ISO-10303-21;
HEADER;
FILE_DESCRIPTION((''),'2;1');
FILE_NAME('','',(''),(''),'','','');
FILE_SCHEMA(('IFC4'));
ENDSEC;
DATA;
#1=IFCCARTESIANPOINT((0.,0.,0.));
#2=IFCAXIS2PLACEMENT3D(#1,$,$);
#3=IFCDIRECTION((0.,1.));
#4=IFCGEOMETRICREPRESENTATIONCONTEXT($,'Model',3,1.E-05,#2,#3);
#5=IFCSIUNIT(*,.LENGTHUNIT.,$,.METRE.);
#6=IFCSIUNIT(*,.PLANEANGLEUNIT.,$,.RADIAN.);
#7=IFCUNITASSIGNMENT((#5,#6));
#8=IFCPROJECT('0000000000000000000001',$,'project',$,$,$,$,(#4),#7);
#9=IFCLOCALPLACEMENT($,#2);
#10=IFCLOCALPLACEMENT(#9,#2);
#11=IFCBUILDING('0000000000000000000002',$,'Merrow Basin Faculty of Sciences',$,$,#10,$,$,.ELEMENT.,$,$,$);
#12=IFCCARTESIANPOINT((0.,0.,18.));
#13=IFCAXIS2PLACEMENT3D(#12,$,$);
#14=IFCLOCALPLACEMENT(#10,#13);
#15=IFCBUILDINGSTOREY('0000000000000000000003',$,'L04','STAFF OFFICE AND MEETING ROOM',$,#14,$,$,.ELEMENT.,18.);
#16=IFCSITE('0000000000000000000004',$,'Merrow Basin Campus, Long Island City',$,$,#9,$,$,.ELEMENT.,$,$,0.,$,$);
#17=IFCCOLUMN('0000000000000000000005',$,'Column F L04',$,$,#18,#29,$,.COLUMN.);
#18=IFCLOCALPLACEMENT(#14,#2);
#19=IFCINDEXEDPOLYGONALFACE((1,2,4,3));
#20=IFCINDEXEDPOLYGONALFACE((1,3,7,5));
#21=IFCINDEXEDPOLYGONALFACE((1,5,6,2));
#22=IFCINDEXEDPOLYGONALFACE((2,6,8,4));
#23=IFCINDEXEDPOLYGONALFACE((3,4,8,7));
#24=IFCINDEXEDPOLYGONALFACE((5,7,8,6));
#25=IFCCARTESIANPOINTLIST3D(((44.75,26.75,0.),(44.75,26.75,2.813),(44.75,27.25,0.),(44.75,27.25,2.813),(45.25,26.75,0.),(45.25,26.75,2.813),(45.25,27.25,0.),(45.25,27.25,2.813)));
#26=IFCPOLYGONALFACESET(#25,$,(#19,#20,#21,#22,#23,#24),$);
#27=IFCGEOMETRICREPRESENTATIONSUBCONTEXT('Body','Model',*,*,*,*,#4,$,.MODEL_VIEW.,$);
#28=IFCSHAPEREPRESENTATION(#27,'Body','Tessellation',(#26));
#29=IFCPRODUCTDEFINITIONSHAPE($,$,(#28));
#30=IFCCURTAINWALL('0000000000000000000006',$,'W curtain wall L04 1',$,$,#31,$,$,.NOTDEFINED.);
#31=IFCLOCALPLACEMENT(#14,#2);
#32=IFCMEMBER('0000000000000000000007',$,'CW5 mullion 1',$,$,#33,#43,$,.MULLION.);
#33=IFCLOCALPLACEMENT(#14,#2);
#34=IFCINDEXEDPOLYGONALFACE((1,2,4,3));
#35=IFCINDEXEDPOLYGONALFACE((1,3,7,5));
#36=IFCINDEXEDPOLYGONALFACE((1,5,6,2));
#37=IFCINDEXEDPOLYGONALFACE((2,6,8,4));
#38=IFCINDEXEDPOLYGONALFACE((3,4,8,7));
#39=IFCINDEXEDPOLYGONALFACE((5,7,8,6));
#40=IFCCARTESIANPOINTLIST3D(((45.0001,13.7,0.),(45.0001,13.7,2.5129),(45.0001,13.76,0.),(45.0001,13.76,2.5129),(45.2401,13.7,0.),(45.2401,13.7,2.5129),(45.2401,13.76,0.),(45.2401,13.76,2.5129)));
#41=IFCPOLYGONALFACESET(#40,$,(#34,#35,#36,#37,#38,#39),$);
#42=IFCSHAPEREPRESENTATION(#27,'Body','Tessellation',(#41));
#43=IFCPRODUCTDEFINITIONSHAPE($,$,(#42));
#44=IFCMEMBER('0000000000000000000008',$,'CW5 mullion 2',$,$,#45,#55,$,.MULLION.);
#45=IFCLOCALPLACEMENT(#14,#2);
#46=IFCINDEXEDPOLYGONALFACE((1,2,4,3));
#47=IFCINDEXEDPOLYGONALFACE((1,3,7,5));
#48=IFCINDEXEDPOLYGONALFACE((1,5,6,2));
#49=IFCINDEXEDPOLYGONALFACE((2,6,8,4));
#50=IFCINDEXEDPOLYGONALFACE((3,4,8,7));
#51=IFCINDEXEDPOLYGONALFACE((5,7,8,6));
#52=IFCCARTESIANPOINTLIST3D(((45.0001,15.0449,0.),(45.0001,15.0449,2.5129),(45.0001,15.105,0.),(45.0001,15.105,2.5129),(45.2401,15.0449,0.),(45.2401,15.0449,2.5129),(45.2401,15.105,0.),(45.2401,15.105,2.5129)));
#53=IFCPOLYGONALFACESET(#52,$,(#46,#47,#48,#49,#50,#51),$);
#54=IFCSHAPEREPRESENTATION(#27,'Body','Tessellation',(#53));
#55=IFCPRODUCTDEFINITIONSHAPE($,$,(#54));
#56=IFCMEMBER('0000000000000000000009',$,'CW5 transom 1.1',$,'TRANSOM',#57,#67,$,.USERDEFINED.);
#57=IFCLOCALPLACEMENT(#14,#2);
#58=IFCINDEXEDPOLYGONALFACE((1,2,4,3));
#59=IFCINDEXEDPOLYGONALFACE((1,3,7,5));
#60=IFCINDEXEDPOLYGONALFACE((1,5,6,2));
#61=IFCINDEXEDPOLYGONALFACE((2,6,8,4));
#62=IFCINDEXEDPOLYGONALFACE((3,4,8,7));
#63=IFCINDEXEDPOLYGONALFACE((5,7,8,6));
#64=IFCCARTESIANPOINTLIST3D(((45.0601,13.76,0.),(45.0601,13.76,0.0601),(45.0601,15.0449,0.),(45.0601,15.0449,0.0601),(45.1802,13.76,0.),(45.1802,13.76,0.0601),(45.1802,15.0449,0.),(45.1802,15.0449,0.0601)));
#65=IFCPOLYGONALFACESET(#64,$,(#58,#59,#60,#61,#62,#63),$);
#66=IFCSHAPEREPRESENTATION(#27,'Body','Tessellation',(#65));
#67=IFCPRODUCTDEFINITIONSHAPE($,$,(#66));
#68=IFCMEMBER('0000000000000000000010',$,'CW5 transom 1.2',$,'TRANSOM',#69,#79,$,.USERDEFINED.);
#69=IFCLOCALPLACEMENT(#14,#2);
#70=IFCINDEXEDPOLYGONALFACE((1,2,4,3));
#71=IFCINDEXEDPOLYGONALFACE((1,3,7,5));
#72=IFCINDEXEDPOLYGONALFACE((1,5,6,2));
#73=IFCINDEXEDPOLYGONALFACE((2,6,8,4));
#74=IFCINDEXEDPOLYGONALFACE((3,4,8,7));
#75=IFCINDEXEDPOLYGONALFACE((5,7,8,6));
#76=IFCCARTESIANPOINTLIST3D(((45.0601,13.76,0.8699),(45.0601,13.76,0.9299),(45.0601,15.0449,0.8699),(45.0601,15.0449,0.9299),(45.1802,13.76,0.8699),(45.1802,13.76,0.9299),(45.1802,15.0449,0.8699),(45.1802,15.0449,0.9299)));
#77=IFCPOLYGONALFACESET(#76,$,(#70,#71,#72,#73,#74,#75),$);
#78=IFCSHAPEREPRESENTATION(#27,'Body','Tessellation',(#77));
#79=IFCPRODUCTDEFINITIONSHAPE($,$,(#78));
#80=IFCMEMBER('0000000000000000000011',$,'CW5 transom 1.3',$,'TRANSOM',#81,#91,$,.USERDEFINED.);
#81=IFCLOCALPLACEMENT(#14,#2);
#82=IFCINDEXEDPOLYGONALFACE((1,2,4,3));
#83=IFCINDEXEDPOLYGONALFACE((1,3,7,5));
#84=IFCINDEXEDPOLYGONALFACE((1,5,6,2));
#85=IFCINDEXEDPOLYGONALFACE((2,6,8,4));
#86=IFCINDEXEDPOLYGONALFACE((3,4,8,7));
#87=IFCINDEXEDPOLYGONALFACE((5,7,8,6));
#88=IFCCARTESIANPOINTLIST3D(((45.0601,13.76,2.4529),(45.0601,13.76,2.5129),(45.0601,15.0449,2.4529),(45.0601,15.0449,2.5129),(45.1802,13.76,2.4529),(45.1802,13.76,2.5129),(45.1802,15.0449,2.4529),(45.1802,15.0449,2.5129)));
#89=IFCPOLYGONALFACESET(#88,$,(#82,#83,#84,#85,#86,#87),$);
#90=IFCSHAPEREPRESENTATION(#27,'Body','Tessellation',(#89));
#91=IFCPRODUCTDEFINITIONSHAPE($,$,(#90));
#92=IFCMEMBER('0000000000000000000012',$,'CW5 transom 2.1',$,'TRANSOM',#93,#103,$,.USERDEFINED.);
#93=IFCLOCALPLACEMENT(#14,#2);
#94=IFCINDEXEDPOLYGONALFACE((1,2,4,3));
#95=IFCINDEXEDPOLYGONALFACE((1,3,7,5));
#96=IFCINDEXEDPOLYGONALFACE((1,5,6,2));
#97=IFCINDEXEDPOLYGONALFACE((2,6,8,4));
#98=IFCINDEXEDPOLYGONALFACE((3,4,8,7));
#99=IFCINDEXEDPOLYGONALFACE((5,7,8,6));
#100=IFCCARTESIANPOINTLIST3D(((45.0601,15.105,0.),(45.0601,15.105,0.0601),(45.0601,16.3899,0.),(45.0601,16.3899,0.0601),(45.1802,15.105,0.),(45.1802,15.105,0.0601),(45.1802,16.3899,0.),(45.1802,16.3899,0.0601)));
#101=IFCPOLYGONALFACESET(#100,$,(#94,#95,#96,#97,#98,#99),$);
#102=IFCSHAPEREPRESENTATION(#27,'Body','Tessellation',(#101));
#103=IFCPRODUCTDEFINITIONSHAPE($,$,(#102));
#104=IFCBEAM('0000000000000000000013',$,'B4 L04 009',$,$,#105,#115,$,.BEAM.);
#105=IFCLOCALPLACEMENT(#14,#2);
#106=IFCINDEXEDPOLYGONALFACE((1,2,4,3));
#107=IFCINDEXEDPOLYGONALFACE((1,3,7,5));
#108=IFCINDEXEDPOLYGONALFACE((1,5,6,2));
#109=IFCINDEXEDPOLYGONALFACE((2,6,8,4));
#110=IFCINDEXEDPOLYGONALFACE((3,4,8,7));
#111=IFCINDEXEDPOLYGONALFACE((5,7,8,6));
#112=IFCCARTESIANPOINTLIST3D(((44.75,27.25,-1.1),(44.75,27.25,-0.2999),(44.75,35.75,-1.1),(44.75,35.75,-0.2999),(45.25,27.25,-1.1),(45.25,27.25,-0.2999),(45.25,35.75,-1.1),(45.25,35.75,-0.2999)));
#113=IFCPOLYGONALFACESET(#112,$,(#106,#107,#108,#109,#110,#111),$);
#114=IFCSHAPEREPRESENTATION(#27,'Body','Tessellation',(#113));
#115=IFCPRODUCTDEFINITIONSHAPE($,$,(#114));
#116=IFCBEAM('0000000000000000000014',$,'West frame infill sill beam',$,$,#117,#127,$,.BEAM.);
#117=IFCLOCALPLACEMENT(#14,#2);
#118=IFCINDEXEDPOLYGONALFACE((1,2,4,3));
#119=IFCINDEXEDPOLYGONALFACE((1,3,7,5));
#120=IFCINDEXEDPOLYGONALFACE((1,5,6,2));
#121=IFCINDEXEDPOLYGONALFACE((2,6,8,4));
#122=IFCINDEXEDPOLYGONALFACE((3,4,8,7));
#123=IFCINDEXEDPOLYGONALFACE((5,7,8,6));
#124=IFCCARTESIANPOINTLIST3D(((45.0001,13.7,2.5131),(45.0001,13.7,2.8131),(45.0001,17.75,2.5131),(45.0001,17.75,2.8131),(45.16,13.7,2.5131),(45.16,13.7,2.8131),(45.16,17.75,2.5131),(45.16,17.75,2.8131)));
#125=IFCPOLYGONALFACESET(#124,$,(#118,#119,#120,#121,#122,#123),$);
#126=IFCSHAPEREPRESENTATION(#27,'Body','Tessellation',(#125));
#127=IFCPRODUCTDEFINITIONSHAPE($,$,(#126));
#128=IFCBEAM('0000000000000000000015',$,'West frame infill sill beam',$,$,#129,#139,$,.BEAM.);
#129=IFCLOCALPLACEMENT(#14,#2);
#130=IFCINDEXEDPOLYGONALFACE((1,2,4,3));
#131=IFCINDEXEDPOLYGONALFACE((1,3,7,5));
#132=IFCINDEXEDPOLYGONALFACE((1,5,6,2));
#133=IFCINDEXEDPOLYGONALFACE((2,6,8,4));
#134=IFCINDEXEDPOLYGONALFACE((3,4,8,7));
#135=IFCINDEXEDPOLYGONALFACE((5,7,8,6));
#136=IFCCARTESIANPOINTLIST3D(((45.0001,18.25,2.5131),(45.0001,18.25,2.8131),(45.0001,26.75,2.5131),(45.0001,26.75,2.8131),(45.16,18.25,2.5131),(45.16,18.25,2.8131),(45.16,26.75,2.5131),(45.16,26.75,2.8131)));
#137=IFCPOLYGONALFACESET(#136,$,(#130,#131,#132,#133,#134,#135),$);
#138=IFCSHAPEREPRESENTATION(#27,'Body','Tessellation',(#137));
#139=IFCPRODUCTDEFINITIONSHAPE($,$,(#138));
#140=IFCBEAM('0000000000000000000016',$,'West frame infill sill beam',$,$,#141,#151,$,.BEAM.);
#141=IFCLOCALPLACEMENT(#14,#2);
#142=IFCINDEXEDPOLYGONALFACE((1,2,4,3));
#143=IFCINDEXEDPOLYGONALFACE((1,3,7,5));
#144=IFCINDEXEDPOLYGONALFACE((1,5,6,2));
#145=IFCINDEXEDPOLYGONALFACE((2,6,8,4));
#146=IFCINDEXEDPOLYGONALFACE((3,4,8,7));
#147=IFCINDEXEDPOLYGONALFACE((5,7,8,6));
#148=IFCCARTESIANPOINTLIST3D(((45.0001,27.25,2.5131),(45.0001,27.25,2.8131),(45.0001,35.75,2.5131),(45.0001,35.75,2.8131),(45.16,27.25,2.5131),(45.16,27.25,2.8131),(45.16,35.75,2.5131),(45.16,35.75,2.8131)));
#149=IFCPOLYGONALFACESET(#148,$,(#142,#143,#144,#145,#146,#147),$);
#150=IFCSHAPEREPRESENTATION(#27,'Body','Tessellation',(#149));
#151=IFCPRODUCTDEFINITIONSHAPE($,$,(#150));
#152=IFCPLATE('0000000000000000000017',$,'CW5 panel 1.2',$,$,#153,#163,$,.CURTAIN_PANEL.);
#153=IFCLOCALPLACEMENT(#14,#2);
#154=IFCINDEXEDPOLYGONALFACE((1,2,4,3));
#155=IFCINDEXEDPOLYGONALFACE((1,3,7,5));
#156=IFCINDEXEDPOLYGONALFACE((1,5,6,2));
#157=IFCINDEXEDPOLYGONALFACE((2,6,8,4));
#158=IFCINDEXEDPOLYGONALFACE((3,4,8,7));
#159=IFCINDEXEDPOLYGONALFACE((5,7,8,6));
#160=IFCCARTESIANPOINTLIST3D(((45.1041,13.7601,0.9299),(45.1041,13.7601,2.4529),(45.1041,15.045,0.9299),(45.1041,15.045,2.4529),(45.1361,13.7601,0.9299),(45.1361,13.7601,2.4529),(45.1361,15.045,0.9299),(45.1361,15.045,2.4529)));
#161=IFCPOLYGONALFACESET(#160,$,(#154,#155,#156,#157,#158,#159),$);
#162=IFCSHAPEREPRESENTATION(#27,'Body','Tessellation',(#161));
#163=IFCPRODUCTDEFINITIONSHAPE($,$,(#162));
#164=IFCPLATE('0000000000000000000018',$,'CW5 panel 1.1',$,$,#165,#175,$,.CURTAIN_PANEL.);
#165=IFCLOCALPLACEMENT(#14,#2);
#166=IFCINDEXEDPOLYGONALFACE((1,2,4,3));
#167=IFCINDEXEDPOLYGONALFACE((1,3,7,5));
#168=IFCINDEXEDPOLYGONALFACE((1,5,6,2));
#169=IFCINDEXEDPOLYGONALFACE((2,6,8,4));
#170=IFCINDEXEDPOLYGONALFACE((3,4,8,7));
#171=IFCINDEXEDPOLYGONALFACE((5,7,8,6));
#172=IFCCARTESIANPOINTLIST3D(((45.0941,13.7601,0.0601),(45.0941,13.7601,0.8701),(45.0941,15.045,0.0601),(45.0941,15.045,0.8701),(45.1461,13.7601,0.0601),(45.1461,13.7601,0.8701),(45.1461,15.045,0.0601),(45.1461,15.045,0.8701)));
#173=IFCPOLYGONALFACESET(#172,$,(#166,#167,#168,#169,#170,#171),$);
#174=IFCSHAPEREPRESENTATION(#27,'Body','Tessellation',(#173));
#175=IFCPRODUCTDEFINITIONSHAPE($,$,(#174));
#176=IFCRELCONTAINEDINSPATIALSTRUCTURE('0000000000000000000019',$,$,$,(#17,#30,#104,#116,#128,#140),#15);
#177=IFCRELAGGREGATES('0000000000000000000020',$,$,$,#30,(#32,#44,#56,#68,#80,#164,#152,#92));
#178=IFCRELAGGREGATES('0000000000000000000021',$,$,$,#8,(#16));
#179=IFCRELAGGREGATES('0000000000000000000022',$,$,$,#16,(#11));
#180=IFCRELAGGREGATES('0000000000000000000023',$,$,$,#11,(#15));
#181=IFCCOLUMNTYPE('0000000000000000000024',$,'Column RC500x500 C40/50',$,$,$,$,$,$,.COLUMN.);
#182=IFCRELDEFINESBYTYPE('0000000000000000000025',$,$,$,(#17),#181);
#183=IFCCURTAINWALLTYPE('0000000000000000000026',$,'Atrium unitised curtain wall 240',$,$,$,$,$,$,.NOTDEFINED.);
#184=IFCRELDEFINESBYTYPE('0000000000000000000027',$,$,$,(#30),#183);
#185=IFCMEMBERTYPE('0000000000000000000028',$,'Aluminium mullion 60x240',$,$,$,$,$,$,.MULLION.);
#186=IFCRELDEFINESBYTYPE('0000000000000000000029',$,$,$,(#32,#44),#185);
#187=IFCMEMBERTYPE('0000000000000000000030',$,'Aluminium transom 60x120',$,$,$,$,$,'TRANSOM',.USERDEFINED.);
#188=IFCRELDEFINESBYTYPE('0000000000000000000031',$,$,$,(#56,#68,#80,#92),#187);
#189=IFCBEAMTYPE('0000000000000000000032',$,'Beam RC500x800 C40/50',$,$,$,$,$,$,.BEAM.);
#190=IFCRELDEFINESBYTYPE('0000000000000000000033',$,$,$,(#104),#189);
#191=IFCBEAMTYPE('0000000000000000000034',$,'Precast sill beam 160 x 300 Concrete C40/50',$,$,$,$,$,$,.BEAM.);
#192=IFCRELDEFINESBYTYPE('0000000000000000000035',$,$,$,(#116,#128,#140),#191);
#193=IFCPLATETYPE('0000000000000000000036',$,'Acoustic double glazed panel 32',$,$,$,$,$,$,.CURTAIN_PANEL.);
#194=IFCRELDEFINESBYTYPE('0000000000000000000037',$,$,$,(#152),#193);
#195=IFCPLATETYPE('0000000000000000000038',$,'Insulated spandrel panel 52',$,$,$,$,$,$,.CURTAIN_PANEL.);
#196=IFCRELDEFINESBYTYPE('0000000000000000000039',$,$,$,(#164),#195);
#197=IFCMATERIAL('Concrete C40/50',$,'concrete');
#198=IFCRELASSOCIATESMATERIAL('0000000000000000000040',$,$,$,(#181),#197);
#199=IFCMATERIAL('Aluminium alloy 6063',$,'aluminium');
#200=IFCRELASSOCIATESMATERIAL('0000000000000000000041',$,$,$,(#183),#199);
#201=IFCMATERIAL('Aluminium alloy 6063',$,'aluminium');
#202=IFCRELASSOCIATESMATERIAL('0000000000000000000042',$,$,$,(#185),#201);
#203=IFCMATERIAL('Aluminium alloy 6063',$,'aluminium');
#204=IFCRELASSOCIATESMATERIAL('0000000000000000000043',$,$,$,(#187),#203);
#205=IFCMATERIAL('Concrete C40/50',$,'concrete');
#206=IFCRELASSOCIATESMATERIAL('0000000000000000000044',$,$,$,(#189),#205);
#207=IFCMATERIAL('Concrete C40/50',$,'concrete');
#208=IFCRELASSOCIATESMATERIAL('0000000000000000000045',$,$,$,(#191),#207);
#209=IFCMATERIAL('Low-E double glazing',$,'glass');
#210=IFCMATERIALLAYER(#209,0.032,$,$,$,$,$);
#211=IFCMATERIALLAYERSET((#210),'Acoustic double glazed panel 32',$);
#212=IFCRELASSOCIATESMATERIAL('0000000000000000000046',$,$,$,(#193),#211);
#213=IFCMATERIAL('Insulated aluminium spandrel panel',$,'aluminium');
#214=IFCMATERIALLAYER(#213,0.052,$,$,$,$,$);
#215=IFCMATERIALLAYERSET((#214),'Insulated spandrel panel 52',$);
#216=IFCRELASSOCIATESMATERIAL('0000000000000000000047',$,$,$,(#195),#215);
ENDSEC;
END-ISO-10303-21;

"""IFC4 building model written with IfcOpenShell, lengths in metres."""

from ifc_helpers import new_model, si_unit, direction, frame, origin, origin_2d, place, context, subcontext, project, spatial, rectangle, extrude, material, layer, layer_set, material_profile, profile_set, type_object, element, aggregate, save


model = new_model("IFC4")

# Units and contexts
model_context = context("Model", 3, precision=1e-05, world=origin(), true_north=direction((0.0, 1.0)))
body_context = subcontext(model_context, "Body", "Model", "MODEL_VIEW")
ifc_project = project(units=[si_unit("LENGTHUNIT", "METRE"), si_unit("PLANEANGLEUNIT", "RADIAN")], contexts=[model_context])

# Site, building, storey
site_placement = place(None, origin())
site = spatial("IfcSite", under=ifc_project, at=site_placement, Name="Merrow Basin Campus, Long Island City", CompositionType="ELEMENT", RefElevation=0.0)
building_placement = place(site_placement, origin())
building = spatial("IfcBuilding", under=site, at=building_placement, Name="Merrow Basin Faculty of Sciences", CompositionType="ELEMENT")
storey_placement = place(building_placement, frame((0.0, 0.0, 18.0)))
storey = spatial("IfcBuildingStorey", under=building, at=storey_placement, Name="L04", Description="STAFF OFFICE AND MEETING ROOM", CompositionType="ELEMENT", Elevation=18.0)

# Column
ifc_material_1 = material(Name="Concrete C40/50", Category="concrete")
ifc_material_profile_1 = material_profile(ifc_material_1, rectangle(XDim=0.5, YDim=0.5, at=origin_2d()))
ifc_profile_set_1 = profile_set([ifc_material_profile_1], Name="Concrete C40/50")
column_type = type_object("IfcColumnType", Name="Column RC500x500 C40/50", PredefinedType="COLUMN", material=ifc_profile_set_1)
column_placement = place(storey_placement, frame((45.0, 27.0, 0.0), z_axis=(0.0, 0.0, 1.0), x_axis=(1.0, 0.0, 0.0)))
element("IfcColumn", 1, at=column_placement, inside=storey, type_object=column_type, Name="Column F L04", PredefinedType="COLUMN", context=body_context, shape_type="SweptSolid", body=[
    extrude(rectangle(XDim=0.5, YDim=0.5, at=origin_2d()), origin(), (0.0, 0.0, 1.0), 2.813),
])

# Curtain wall, members
ifc_material_2 = material(Name="Aluminium alloy 6063", Category="aluminium")
curtain_wall_type = type_object("IfcCurtainWallType", Name="Atrium unitised curtain wall 240", PredefinedType="NOTDEFINED", material=ifc_material_2)
curtain_wall_placement = place(storey_placement, origin())
curtain_wall = element("IfcCurtainWall", 2, at=curtain_wall_placement, inside=storey, type_object=curtain_wall_type, Name="W curtain wall L04 1", PredefinedType="NOTDEFINED")
ifc_material_3 = material(Name="Aluminium alloy 6063", Category="aluminium")
ifc_material_profile_2 = material_profile(ifc_material_3, rectangle(XDim=0.24, YDim=0.0601, at=origin_2d()))
ifc_profile_set_2 = profile_set([ifc_material_profile_2], Name="Aluminium alloy 6063")
member_type_1 = type_object("IfcMemberType", Name="Aluminium mullion 60x240", PredefinedType="MULLION", material=ifc_profile_set_2)
member_1_placement = place(storey_placement, frame((45.1201, 13.73, 0.0), z_axis=(0.0, 0.0, 1.0), x_axis=(-1.0, 0.0, 0.0)))
member_1 = element("IfcMember", 3, at=member_1_placement, type_object=member_type_1, Name="CW5 mullion 1", PredefinedType="MULLION", context=body_context, shape_type="SweptSolid", body=[
    extrude(rectangle(XDim=0.24, YDim=0.0601, at=origin_2d()), origin(), (0.0, 0.0, 1.0), 2.5129),
])
member_2_placement = place(storey_placement, frame((45.1201, 15.075, 0.0), z_axis=(0.0, 0.0, 1.0), x_axis=(-1.0, 0.0, 0.0)))
member_2 = element("IfcMember", 4, at=member_2_placement, type_object=member_type_1, Name="CW5 mullion 2", PredefinedType="MULLION", context=body_context, shape_type="SweptSolid", body=[
    extrude(rectangle(XDim=0.24, YDim=0.0601, at=origin_2d()), origin(), (0.0, 0.0, 1.0), 2.5129),
])
ifc_material_4 = material(Name="Aluminium alloy 6063", Category="aluminium")
ifc_material_profile_3 = material_profile(ifc_material_4, rectangle(XDim=0.1201, YDim=0.0601, at=origin_2d()))
ifc_profile_set_3 = profile_set([ifc_material_profile_3], Name="Aluminium alloy 6063")
member_type_2 = type_object("IfcMemberType", Name="Aluminium transom 60x120", ElementType="TRANSOM", PredefinedType="USERDEFINED", material=ifc_profile_set_3)
member_3_placement = place(storey_placement, frame((45.1201, 13.76, 0.03), z_axis=(0.0, 1.0, 0.0), x_axis=(-1.0, 0.0, 0.0)))
member_3 = element("IfcMember", 5, at=member_3_placement, type_object=member_type_2, Name="CW5 transom 1.1", ObjectType="TRANSOM", PredefinedType="USERDEFINED", context=body_context, shape_type="SweptSolid", body=[
    extrude(rectangle(XDim=0.1201, YDim=0.0601, at=origin_2d()), origin(), (0.0, 0.0, 1.0), 1.2849),
])
member_4_placement = place(storey_placement, frame((45.1201, 13.76, 0.8999), z_axis=(0.0, 1.0, 0.0), x_axis=(-1.0, 0.0, 0.0)))
member_4 = element("IfcMember", 6, at=member_4_placement, type_object=member_type_2, Name="CW5 transom 1.2", ObjectType="TRANSOM", PredefinedType="USERDEFINED", context=body_context, shape_type="SweptSolid", body=[
    extrude(rectangle(XDim=0.1201, YDim=0.0601, at=origin_2d()), origin(), (0.0, 0.0, 1.0), 1.2849),
])
member_5_placement = place(storey_placement, frame((45.1201, 13.76, 2.4829), z_axis=(0.0, 1.0, 0.0), x_axis=(-1.0, 0.0, 0.0)))
member_5 = element("IfcMember", 7, at=member_5_placement, type_object=member_type_2, Name="CW5 transom 1.3", ObjectType="TRANSOM", PredefinedType="USERDEFINED", context=body_context, shape_type="SweptSolid", body=[
    extrude(rectangle(XDim=0.1201, YDim=0.0601, at=origin_2d()), origin(), (0.0, 0.0, 1.0), 1.2849),
])
member_6_placement = place(storey_placement, frame((45.1201, 15.105, 0.03), z_axis=(0.0, 1.0, 0.0), x_axis=(-1.0, 0.0, 0.0)))
member_6 = element("IfcMember", 8, at=member_6_placement, type_object=member_type_2, Name="CW5 transom 2.1", ObjectType="TRANSOM", PredefinedType="USERDEFINED", context=body_context, shape_type="SweptSolid", body=[
    extrude(rectangle(XDim=0.1201, YDim=0.0601, at=origin_2d()), origin(), (0.0, 0.0, 1.0), 1.2849),
])

# Beams
ifc_material_5 = material(Name="Concrete C40/50", Category="concrete")
ifc_material_profile_4 = material_profile(ifc_material_5, rectangle(XDim=0.5, YDim=0.8, at=origin_2d()))
ifc_profile_set_4 = profile_set([ifc_material_profile_4], Name="Concrete C40/50")
beam_type_1 = type_object("IfcBeamType", Name="Beam RC500x800 C40/50", PredefinedType="BEAM", material=ifc_profile_set_4)
beam_1_placement = place(storey_placement, frame((45.0, 27.25, -0.7), z_axis=(0.0, 1.0, 0.0), x_axis=(-1.0, 0.0, 0.0)))
element("IfcBeam", 9, at=beam_1_placement, inside=storey, type_object=beam_type_1, Name="B4 L04 009", PredefinedType="BEAM", context=body_context, shape_type="SweptSolid", body=[
    extrude(rectangle(XDim=0.5, YDim=0.8, at=origin_2d()), origin(), (0.0, 0.0, 1.0), 8.5),
])
ifc_material_6 = material(Name="Concrete C40/50", Category="concrete")
ifc_material_profile_5 = material_profile(ifc_material_6, rectangle(XDim=0.1599, YDim=0.3, at=origin_2d()))
ifc_profile_set_5 = profile_set([ifc_material_profile_5], Name="Concrete C40/50")
beam_type_2 = type_object("IfcBeamType", Name="Precast sill beam 160 x 300 Concrete C40/50", PredefinedType="BEAM", material=ifc_profile_set_5)
beam_2_placement = place(storey_placement, frame((45.0801, 13.7, 2.6631), z_axis=(0.0, 1.0, 0.0), x_axis=(-1.0, 0.0, 0.0)))
element("IfcBeam", 10, at=beam_2_placement, inside=storey, type_object=beam_type_2, Name="West frame infill sill beam", PredefinedType="BEAM", context=body_context, shape_type="SweptSolid", body=[
    extrude(rectangle(XDim=0.1599, YDim=0.3, at=origin_2d()), origin(), (0.0, 0.0, 1.0), 4.05),
])
for number, where, z_axis, x_axis, name in (
    (11, (45.0801, 18.25, 2.6631), (0.0, 1.0, 0.0), (-1.0, 0.0, 0.0), "West frame infill sill beam"),
    (12, (45.0801, 27.25, 2.6631), (0.0, 1.0, 0.0), (-1.0, 0.0, 0.0), "West frame infill sill beam"),
):
    element("IfcBeam", number, at=place(storey_placement, frame(where, z_axis=z_axis, x_axis=x_axis)), inside=storey, type_object=beam_type_2, Name=name, PredefinedType="BEAM", context=body_context, shape_type="SweptSolid", body=[
        extrude(rectangle(XDim=0.1599, YDim=0.3, at=origin_2d()), origin(), (0.0, 0.0, 1.0), 8.5),
    ])

# Plates
ifc_material_7 = material(Name="Low-E double glazing", Category="glass")
ifc_layer_1 = layer(ifc_material_7, 0.032)
ifc_layer_set_1 = layer_set([ifc_layer_1], Name="Acoustic double glazed panel 32")
plate_type_1 = type_object("IfcPlateType", Name="Acoustic double glazed panel 32", PredefinedType="CURTAIN_PANEL", material=ifc_layer_set_1)
plate_1_placement = place(storey_placement, frame((45.1201, 14.4026, 0.9299), z_axis=(0.0, 0.0, 1.0), x_axis=(0.0, 1.0, 0.0)))
plate_1 = element("IfcPlate", 13, at=plate_1_placement, type_object=plate_type_1, Name="CW5 panel 1.2", PredefinedType="CURTAIN_PANEL", context=body_context, shape_type="SweptSolid", body=[
    extrude(rectangle(XDim=1.2849, YDim=0.032, at=origin_2d()), origin(), (0.0, 0.0, 1.0), 1.5229),
])
ifc_material_8 = material(Name="Insulated aluminium spandrel panel", Category="aluminium")
ifc_layer_2 = layer(ifc_material_8, 0.052)
ifc_layer_set_2 = layer_set([ifc_layer_2], Name="Insulated spandrel panel 52")
plate_type_2 = type_object("IfcPlateType", Name="Insulated spandrel panel 52", PredefinedType="CURTAIN_PANEL", material=ifc_layer_set_2)
plate_2_placement = place(storey_placement, frame((45.1201, 14.4026, 0.0601), z_axis=(0.0, 0.0, 1.0), x_axis=(0.0, 1.0, 0.0)))
plate_2 = element("IfcPlate", 14, at=plate_2_placement, type_object=plate_type_2, Name="CW5 panel 1.1", PredefinedType="CURTAIN_PANEL", context=body_context, shape_type="SweptSolid", body=[
    extrude(rectangle(XDim=1.2849, YDim=0.052, at=origin_2d()), origin(), (0.0, 0.0, 1.0), 0.8101),
])
aggregate(curtain_wall, [member_1, member_2, member_3, member_4, member_5, plate_2, plate_1, member_6])

save(model, "model.ifc")
